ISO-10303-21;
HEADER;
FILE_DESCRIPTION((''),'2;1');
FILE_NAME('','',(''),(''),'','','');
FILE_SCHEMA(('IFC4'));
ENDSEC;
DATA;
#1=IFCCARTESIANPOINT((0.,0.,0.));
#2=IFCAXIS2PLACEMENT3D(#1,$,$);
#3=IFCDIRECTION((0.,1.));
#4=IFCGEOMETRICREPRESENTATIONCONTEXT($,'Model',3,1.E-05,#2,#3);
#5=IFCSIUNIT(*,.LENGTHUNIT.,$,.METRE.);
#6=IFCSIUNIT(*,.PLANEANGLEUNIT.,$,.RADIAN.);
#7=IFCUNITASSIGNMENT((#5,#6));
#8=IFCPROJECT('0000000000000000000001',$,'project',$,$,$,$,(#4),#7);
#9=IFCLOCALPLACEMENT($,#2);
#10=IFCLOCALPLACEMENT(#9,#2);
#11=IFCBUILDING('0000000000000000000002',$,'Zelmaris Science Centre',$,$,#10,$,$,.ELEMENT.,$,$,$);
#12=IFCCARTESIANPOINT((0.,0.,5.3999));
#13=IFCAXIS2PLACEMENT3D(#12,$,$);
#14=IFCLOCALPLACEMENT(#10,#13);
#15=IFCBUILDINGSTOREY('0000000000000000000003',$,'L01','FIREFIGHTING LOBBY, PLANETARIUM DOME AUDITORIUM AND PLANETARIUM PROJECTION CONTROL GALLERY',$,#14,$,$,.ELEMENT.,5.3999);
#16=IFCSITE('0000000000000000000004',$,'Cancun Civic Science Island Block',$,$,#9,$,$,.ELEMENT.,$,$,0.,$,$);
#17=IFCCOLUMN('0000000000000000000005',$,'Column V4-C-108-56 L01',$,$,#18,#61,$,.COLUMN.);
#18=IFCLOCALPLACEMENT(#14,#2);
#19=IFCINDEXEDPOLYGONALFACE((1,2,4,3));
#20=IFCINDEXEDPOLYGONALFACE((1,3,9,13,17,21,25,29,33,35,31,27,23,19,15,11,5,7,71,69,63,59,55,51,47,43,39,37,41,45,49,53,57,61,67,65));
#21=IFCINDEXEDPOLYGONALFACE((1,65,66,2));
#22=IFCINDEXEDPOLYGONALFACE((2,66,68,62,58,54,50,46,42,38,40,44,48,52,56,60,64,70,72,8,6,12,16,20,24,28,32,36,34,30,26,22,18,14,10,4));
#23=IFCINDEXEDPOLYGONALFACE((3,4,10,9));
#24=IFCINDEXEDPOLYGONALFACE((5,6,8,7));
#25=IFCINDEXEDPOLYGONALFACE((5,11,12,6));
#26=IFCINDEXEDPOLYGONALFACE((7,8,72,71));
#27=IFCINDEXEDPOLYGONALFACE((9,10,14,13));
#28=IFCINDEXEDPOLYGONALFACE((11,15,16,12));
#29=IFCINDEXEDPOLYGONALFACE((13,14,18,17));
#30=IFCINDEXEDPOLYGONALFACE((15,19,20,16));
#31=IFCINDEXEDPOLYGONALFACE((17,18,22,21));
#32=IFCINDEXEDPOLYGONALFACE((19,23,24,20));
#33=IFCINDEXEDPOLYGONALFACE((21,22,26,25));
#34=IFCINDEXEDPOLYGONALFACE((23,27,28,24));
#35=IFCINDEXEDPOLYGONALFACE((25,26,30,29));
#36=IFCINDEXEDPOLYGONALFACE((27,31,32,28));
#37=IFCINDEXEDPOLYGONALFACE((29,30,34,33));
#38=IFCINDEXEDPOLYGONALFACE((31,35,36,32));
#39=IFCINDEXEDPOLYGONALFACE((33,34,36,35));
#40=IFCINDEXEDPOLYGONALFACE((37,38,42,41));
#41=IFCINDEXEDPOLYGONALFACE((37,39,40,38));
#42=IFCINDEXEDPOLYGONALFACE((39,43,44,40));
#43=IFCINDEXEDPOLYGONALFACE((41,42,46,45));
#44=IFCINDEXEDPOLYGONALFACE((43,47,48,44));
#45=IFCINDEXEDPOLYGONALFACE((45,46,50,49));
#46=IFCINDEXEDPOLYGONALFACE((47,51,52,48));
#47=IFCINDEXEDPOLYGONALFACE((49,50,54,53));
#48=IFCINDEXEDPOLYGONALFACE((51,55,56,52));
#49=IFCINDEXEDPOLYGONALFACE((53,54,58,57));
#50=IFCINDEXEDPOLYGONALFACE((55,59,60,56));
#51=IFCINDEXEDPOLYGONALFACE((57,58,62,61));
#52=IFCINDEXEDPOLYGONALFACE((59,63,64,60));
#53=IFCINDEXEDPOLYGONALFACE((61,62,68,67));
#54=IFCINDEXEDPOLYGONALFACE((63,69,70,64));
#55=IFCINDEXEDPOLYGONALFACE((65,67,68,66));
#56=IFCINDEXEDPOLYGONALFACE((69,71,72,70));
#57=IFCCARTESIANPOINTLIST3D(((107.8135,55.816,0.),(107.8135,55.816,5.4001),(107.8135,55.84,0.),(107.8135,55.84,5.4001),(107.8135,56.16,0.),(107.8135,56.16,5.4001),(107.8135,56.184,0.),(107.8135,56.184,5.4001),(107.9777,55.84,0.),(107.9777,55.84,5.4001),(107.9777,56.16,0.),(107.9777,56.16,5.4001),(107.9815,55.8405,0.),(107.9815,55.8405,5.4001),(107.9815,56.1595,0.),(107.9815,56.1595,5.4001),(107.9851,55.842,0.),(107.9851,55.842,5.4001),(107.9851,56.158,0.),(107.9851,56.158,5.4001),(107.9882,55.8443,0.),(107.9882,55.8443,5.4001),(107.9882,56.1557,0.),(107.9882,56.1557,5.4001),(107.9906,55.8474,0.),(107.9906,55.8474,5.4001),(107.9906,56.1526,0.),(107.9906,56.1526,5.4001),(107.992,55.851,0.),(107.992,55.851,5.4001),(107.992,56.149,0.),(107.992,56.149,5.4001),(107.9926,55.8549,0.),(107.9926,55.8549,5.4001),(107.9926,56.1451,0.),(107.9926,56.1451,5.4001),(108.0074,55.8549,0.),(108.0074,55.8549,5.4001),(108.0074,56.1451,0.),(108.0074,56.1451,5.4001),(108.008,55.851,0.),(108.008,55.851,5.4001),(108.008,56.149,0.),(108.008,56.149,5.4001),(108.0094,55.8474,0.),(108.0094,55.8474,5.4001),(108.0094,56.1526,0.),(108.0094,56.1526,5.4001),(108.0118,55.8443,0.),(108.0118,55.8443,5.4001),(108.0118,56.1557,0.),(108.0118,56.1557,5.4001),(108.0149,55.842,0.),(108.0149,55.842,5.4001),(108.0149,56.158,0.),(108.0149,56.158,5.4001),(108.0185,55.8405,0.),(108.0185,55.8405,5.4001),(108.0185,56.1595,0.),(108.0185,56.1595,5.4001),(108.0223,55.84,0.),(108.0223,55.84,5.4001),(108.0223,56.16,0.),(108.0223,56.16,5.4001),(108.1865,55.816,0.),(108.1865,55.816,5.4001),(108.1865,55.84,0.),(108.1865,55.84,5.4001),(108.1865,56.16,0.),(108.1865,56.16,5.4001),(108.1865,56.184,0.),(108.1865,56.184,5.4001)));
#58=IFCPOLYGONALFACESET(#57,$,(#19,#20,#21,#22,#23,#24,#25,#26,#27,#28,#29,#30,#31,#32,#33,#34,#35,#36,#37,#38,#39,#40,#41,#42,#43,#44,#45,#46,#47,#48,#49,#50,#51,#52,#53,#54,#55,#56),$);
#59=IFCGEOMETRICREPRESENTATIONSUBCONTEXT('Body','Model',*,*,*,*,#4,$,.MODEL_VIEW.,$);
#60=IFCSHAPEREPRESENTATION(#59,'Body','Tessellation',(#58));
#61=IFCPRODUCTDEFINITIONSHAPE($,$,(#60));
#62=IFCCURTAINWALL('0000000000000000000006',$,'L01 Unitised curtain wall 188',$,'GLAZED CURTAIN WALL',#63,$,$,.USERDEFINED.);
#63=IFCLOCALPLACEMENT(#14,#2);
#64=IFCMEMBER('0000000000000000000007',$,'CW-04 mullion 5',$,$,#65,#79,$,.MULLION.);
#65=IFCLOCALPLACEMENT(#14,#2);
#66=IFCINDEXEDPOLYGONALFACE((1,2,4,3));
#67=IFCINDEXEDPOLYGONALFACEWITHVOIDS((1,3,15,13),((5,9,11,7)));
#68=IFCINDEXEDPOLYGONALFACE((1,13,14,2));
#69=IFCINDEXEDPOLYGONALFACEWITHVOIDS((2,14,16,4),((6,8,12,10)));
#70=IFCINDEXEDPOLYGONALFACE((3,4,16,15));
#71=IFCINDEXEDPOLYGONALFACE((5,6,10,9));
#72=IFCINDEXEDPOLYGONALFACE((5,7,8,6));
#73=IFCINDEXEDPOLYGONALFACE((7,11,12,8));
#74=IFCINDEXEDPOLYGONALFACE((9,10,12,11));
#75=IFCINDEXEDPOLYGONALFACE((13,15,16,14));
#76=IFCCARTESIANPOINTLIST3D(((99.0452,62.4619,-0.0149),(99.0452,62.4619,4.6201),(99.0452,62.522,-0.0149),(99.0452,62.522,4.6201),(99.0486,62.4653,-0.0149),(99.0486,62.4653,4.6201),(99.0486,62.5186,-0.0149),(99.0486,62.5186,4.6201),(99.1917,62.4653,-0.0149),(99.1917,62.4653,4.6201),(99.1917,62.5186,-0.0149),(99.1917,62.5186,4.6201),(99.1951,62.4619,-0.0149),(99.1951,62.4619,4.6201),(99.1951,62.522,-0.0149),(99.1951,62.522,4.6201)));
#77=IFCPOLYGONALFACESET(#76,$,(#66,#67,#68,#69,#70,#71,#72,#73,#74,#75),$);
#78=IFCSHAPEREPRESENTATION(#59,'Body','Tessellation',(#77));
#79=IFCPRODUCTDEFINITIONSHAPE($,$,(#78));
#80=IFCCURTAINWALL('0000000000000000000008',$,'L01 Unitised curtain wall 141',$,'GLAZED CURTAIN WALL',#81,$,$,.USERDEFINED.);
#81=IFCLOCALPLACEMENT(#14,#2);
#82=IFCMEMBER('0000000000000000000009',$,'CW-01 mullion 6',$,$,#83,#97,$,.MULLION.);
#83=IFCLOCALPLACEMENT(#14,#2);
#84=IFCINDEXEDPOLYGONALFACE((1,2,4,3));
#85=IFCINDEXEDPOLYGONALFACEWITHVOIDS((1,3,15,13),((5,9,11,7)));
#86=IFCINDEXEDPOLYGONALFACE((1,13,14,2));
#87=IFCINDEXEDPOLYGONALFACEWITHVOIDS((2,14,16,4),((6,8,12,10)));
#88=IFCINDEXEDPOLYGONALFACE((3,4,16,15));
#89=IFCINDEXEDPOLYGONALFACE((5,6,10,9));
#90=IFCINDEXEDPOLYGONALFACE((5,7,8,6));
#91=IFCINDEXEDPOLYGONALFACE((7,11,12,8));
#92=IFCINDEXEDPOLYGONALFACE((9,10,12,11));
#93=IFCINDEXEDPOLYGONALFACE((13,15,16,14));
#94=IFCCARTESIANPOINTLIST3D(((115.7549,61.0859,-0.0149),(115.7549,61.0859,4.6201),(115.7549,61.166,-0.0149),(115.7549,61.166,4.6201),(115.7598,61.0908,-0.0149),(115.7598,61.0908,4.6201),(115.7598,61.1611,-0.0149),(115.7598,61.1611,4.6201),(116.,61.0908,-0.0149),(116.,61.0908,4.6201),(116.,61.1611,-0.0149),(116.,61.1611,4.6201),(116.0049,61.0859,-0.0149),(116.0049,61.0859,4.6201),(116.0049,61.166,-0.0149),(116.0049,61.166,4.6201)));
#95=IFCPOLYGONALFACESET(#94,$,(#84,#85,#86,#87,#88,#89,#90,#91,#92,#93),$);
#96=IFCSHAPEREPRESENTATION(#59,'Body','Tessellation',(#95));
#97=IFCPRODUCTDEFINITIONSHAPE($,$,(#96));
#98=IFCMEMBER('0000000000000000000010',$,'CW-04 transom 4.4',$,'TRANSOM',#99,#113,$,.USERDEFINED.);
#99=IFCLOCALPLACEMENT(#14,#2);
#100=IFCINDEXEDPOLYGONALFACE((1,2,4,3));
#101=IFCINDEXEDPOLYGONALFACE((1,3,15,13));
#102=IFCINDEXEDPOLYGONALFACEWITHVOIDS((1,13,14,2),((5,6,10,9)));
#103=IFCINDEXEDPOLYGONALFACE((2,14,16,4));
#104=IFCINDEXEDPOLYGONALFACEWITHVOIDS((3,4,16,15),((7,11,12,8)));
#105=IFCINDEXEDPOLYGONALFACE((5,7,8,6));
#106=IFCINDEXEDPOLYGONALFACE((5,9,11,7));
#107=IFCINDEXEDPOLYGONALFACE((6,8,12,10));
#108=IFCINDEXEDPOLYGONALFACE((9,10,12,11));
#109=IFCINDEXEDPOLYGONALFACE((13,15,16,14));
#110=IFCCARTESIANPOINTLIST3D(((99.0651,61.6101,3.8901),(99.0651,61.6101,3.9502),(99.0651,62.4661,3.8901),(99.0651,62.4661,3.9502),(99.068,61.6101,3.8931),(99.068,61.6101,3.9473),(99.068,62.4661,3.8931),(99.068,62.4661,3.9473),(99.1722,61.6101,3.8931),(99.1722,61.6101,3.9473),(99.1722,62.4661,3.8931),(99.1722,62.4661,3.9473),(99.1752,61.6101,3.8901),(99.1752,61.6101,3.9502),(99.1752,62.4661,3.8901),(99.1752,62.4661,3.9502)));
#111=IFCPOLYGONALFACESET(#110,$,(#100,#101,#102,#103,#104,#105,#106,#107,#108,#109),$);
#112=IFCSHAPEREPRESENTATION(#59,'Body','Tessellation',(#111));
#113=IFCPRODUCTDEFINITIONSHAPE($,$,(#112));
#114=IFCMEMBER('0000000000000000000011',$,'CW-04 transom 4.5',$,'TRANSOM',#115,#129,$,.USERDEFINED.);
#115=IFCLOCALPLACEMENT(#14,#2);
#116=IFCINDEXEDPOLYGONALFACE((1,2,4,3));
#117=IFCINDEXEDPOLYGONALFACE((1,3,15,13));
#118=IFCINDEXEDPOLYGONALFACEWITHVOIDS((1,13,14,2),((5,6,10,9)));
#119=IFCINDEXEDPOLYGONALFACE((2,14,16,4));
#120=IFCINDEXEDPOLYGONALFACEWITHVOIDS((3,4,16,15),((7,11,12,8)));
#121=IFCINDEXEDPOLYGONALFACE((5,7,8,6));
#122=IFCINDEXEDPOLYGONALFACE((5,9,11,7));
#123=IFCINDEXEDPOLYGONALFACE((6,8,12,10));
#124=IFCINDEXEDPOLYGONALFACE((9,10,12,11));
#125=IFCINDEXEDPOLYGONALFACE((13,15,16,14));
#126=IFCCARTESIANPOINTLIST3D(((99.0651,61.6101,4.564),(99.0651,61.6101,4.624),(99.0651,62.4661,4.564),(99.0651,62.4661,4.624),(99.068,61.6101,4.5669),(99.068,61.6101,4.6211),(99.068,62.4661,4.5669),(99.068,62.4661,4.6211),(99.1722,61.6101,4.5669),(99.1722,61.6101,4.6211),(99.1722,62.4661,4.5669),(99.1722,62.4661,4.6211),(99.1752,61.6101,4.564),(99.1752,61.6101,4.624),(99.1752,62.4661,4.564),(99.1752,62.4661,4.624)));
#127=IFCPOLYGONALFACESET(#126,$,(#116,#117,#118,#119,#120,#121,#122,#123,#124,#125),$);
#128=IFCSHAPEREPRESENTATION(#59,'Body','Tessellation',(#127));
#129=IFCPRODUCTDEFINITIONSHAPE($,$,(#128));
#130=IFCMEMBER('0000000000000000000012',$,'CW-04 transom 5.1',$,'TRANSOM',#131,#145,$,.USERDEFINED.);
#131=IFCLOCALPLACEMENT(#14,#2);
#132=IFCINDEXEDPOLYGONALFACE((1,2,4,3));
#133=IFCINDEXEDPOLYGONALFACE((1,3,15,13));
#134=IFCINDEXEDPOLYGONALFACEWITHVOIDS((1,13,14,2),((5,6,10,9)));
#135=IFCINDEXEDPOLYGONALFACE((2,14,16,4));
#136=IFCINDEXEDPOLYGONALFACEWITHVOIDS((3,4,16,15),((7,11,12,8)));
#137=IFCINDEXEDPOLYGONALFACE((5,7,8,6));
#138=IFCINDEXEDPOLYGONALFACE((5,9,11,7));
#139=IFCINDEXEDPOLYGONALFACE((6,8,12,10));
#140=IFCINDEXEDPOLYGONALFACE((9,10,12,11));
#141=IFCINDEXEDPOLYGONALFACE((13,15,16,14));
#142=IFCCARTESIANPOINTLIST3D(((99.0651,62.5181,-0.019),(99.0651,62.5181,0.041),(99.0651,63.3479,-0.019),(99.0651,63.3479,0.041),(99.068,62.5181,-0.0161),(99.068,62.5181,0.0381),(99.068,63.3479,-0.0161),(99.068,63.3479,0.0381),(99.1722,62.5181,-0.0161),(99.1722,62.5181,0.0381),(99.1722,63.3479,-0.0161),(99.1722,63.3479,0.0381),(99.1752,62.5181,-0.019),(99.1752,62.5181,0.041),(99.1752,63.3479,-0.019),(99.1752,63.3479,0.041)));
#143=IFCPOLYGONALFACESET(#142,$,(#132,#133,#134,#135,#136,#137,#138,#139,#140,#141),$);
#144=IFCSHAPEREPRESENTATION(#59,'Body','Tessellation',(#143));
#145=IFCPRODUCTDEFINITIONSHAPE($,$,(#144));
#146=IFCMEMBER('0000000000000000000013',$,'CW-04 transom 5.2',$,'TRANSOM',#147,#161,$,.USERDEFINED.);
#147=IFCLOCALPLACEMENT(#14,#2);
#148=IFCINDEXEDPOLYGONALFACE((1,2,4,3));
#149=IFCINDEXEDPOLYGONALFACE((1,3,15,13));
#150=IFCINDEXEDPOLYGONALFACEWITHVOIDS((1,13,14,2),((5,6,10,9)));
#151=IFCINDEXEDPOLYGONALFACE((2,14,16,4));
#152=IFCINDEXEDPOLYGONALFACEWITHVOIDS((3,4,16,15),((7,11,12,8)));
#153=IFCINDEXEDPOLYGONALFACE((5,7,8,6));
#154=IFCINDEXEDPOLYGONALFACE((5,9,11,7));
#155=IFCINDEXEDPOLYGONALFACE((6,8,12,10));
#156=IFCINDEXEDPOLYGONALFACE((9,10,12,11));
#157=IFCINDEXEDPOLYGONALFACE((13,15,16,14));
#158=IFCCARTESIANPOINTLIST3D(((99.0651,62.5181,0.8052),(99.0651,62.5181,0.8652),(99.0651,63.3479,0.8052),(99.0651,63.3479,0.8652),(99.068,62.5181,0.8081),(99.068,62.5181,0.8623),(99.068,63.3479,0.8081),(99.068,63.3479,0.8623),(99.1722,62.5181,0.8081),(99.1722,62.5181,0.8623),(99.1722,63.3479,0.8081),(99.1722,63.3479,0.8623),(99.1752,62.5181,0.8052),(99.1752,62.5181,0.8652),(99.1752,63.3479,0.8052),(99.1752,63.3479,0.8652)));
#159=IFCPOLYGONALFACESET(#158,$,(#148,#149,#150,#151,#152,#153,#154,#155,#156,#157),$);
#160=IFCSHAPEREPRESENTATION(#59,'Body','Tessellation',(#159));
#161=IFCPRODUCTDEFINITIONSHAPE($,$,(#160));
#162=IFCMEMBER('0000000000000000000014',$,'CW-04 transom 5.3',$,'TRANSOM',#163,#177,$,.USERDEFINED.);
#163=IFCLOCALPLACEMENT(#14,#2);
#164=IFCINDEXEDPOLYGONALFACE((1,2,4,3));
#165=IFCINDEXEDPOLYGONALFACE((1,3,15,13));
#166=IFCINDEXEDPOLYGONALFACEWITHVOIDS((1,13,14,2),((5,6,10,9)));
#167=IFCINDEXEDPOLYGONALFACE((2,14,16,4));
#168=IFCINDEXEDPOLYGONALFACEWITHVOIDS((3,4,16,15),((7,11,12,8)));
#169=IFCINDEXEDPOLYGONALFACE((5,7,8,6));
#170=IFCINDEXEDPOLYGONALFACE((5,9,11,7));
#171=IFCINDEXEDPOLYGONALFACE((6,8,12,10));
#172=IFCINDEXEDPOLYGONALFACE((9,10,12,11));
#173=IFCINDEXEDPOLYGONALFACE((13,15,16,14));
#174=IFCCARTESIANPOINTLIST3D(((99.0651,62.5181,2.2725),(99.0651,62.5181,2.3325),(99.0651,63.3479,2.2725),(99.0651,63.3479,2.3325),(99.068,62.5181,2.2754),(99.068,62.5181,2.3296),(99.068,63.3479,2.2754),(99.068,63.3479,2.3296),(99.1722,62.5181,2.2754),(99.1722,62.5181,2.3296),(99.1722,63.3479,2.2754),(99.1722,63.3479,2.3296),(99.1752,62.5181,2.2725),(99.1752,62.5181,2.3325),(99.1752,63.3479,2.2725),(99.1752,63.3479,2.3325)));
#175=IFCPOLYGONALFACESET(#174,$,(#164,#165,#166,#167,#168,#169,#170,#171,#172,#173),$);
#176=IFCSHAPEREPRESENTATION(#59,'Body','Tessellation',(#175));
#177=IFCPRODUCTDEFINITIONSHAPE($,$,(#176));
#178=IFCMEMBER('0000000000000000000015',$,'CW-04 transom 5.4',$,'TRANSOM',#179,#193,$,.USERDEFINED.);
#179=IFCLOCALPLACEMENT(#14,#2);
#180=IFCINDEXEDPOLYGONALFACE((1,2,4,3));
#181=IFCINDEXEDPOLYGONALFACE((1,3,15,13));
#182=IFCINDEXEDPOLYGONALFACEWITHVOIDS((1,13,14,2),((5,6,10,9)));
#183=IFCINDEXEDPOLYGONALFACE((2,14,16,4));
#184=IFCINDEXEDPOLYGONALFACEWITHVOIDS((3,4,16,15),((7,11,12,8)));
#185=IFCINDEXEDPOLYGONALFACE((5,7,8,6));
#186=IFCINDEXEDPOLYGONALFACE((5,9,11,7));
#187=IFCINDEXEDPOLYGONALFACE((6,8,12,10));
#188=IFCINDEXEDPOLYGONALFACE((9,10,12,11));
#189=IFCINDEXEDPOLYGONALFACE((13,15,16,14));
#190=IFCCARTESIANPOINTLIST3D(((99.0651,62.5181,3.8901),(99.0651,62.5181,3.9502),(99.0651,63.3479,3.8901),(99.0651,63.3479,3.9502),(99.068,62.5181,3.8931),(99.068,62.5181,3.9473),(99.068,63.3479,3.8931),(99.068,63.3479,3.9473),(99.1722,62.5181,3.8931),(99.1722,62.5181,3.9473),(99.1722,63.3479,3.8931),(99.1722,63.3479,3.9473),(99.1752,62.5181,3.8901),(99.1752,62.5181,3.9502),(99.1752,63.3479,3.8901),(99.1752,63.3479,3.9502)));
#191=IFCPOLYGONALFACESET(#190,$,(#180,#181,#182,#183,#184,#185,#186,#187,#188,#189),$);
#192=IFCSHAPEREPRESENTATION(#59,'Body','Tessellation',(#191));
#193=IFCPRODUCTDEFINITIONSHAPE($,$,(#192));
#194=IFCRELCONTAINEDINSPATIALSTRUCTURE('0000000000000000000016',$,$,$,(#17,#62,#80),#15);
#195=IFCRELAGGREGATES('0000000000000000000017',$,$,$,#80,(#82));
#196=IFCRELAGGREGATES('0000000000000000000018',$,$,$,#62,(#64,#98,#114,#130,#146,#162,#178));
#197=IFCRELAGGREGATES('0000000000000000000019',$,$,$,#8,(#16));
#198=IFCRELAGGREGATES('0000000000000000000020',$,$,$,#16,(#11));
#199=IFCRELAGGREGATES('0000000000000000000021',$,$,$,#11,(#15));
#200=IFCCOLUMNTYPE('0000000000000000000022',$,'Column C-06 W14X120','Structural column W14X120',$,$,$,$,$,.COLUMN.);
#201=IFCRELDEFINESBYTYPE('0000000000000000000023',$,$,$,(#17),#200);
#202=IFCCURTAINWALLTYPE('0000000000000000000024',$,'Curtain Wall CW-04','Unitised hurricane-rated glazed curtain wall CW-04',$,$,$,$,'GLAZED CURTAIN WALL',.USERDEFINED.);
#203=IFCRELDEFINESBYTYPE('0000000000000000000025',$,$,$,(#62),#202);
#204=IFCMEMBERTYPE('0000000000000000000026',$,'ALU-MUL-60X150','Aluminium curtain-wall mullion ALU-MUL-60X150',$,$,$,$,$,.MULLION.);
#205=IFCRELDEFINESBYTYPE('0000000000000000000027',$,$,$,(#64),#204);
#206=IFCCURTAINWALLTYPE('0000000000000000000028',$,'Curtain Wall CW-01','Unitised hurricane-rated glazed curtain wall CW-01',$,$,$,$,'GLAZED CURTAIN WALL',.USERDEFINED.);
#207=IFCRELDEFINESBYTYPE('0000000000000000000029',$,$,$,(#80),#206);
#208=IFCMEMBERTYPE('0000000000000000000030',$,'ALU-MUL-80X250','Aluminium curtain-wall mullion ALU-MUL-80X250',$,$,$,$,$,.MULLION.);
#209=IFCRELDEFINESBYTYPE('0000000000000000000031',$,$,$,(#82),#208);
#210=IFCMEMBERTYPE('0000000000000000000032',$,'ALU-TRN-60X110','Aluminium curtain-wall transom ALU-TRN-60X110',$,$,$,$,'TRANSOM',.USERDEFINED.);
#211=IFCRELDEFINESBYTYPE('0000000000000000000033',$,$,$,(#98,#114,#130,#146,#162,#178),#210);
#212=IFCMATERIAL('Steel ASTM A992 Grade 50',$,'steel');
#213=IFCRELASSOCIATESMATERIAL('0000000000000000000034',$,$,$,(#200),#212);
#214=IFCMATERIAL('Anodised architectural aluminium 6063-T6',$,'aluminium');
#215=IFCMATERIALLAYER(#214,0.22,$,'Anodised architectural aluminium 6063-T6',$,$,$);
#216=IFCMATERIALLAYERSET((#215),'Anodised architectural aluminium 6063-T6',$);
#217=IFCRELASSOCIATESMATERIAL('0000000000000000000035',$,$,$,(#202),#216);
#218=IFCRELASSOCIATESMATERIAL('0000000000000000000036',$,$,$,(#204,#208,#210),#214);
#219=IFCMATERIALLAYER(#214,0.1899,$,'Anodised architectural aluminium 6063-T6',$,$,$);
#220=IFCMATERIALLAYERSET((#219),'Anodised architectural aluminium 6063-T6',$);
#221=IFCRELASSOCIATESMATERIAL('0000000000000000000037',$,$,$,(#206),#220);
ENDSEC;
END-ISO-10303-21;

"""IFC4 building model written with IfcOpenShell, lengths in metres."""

from ifc_helpers import new_model, si_unit, direction, frame, origin, origin_2d, place, context, subcontext, project, spatial, hollow_rectangle, i_section, extrude, material, layer, layer_set, material_profile, profile_set, type_object, element, aggregate, save


model = new_model("IFC4")

# Units and contexts
model_context = context("Model", 3, precision=1e-05, world=origin(), true_north=direction((0.0, 1.0)))
body_context = subcontext(model_context, "Body", "Model", "MODEL_VIEW")
ifc_project = project(units=[si_unit("LENGTHUNIT", "METRE"), si_unit("PLANEANGLEUNIT", "RADIAN")], contexts=[model_context])

# Site, building, storey
site_placement = place(None, origin())
site = spatial("IfcSite", under=ifc_project, at=site_placement, Name="Cancun Civic Science Island Block", CompositionType="ELEMENT", RefElevation=0.0)
building_placement = place(site_placement, origin())
building = spatial("IfcBuilding", under=site, at=building_placement, Name="Zelmaris Science Centre", CompositionType="ELEMENT")
storey_placement = place(building_placement, frame((0.0, 0.0, 5.3999)))
storey = spatial("IfcBuildingStorey", under=building, at=storey_placement, Name="L01", Description="FIREFIGHTING LOBBY, PLANETARIUM DOME AUDITORIUM AND PLANETARIUM PROJECTION CONTROL GALLERY", CompositionType="ELEMENT", Elevation=5.3999)

# Column
ifc_material_1 = material(Name="Steel ASTM A992 Grade 50", Category="steel")
ifc_material_profile_1 = material_profile(ifc_material_1, i_section(OverallWidth=0.373, OverallDepth=0.3679, WebThickness=0.0149, FlangeThickness=0.0239, FilletRadius=0.0149, at=origin_2d()), Name="W14X120")
ifc_profile_set_1 = profile_set([ifc_material_profile_1], Name="Steel ASTM A992 Grade 50")
column_type = type_object("IfcColumnType", Name="Column C-06 W14X120", Description="Structural column W14X120", PredefinedType="COLUMN", material=ifc_profile_set_1)
column_placement = place(storey_placement, frame((108.0, 56.0, 0.0), z_axis=(0.0, 0.0, 1.0), x_axis=(1.0, 0.0, 0.0)))
element("IfcColumn", 1, at=column_placement, inside=storey, type_object=column_type, Name="Column V4-C-108-56 L01", PredefinedType="COLUMN", context=body_context, shape_type="SweptSolid", body=[
    extrude(i_section(OverallWidth=0.373, OverallDepth=0.3679, WebThickness=0.0149, FlangeThickness=0.0239, FilletRadius=0.0149, at=origin_2d()), origin(), (0.0, 0.0, 1.0), 5.4001),
])

# Curtain walls, members
ifc_material_2 = material(Name="Anodised architectural aluminium 6063-T6", Category="aluminium")
ifc_layer_1 = layer(ifc_material_2, 0.22, Name="Anodised architectural aluminium 6063-T6")
ifc_layer_set_1 = layer_set([ifc_layer_1], Name="Anodised architectural aluminium 6063-T6")
curtain_wall_type_1 = type_object("IfcCurtainWallType", Name="Curtain Wall CW-04", Description="Unitised hurricane-rated glazed curtain wall CW-04", ElementType="GLAZED CURTAIN WALL", PredefinedType="USERDEFINED", material=ifc_layer_set_1)
curtain_wall_1_placement = place(storey_placement, origin())
curtain_wall_1 = element("IfcCurtainWall", 2, at=curtain_wall_1_placement, inside=storey, type_object=curtain_wall_type_1, Name="L01 Unitised curtain wall 188", ObjectType="GLAZED CURTAIN WALL", PredefinedType="USERDEFINED")
ifc_material_profile_2 = material_profile(ifc_material_2, hollow_rectangle(XDim=0.0601, YDim=0.1499, WallThickness=0.0034, at=origin_2d()), Name="ALU-MUL-60X150")
ifc_profile_set_2 = profile_set([ifc_material_profile_2], Name="Anodised architectural aluminium 6063-T6")
member_type_1 = type_object("IfcMemberType", Name="ALU-MUL-60X150", Description="Aluminium curtain-wall mullion ALU-MUL-60X150", PredefinedType="MULLION", material=ifc_profile_set_2)
member_1_placement = place(storey_placement, frame((99.1201, 62.4919, -0.0149), z_axis=(0.0, 0.0, 1.0), x_axis=(-0.000005, 1.0, 0.0)))
member_1 = element("IfcMember", 3, at=member_1_placement, type_object=member_type_1, Name="CW-04 mullion 5", PredefinedType="MULLION", context=body_context, shape_type="SweptSolid", body=[
    extrude(hollow_rectangle(XDim=0.0601, YDim=0.1499, WallThickness=0.0034, at=origin_2d()), origin(), (0.0, 0.0, 1.0), 4.635),
])
ifc_layer_2 = layer(ifc_material_2, 0.1899, Name="Anodised architectural aluminium 6063-T6")
ifc_layer_set_2 = layer_set([ifc_layer_2], Name="Anodised architectural aluminium 6063-T6")
curtain_wall_type_2 = type_object("IfcCurtainWallType", Name="Curtain Wall CW-01", Description="Unitised hurricane-rated glazed curtain wall CW-01", ElementType="GLAZED CURTAIN WALL", PredefinedType="USERDEFINED", material=ifc_layer_set_2)
curtain_wall_2_placement = place(storey_placement, origin())
curtain_wall_2 = element("IfcCurtainWall", 4, at=curtain_wall_2_placement, inside=storey, type_object=curtain_wall_type_2, Name="L01 Unitised curtain wall 141", ObjectType="GLAZED CURTAIN WALL", PredefinedType="USERDEFINED")
ifc_material_profile_3 = material_profile(ifc_material_2, hollow_rectangle(XDim=0.0801, YDim=0.25, WallThickness=0.0049, at=origin_2d()), Name="ALU-MUL-80X250")
ifc_profile_set_3 = profile_set([ifc_material_profile_3], Name="Anodised architectural aluminium 6063-T6")
member_type_2 = type_object("IfcMemberType", Name="ALU-MUL-80X250", Description="Aluminium curtain-wall mullion ALU-MUL-80X250", PredefinedType="MULLION", material=ifc_profile_set_3)
member_2_placement = place(storey_placement, frame((115.8799, 61.126, -0.0149), z_axis=(0.0, 0.0, 1.0), x_axis=(0.000007, -1.0, 0.0)))
member_2 = element("IfcMember", 5, at=member_2_placement, type_object=member_type_2, Name="CW-01 mullion 6", PredefinedType="MULLION", context=body_context, shape_type="SweptSolid", body=[
    extrude(hollow_rectangle(XDim=0.0801, YDim=0.25, WallThickness=0.0049, at=origin_2d()), origin(), (0.0, 0.0, 1.0), 4.635),
])

# Members
ifc_material_profile_4 = material_profile(ifc_material_2, hollow_rectangle(XDim=0.0601, YDim=0.1101, WallThickness=0.0029, at=origin_2d()), Name="ALU-TRN-60X110")
ifc_profile_set_4 = profile_set([ifc_material_profile_4], Name="Anodised architectural aluminium 6063-T6")
member_type_3 = type_object("IfcMemberType", Name="ALU-TRN-60X110", Description="Aluminium curtain-wall transom ALU-TRN-60X110", ElementType="TRANSOM", PredefinedType="USERDEFINED", material=ifc_profile_set_4)
member_3_placement = place(storey_placement, frame((99.1201, 61.6101, 3.9202), z_axis=(0.0, 1.0, 0.0), x_axis=(0.0, 0.0, 1.0)))
member_3 = element("IfcMember", 6, at=member_3_placement, type_object=member_type_3, Name="CW-04 transom 4.4", ObjectType="TRANSOM", PredefinedType="USERDEFINED", context=body_context, shape_type="SweptSolid", body=[
    extrude(hollow_rectangle(XDim=0.0601, YDim=0.1101, WallThickness=0.0029, at=origin_2d()), origin(), (0.0, 0.0, 1.0), 0.856),
])
member_4_placement = place(storey_placement, frame((99.1201, 61.6101, 4.594), z_axis=(0.0, 1.0, 0.0), x_axis=(0.0, 0.0, 1.0)))
member_4 = element("IfcMember", 7, at=member_4_placement, type_object=member_type_3, Name="CW-04 transom 4.5", ObjectType="TRANSOM", PredefinedType="USERDEFINED", context=body_context, shape_type="SweptSolid", body=[
    extrude(hollow_rectangle(XDim=0.0601, YDim=0.1101, WallThickness=0.0029, at=origin_2d()), origin(), (0.0, 0.0, 1.0), 0.856),
])
member_5_placement = place(storey_placement, frame((99.1201, 62.5181, 0.011), z_axis=(0.0, 1.0, 0.0), x_axis=(0.0, 0.0, 1.0)))
member_5 = element("IfcMember", 8, at=member_5_placement, type_object=member_type_3, Name="CW-04 transom 5.1", ObjectType="TRANSOM", PredefinedType="USERDEFINED", context=body_context, shape_type="SweptSolid", body=[
    extrude(hollow_rectangle(XDim=0.0601, YDim=0.1101, WallThickness=0.0029, at=origin_2d()), origin(), (0.0, 0.0, 1.0), 0.8298),
])
member_6_placement = place(storey_placement, frame((99.1201, 62.5181, 0.8352), z_axis=(0.0, 1.0, 0.0), x_axis=(0.0, 0.0, 1.0)))
member_6 = element("IfcMember", 9, at=member_6_placement, type_object=member_type_3, Name="CW-04 transom 5.2", ObjectType="TRANSOM", PredefinedType="USERDEFINED", context=body_context, shape_type="SweptSolid", body=[
    extrude(hollow_rectangle(XDim=0.0601, YDim=0.1101, WallThickness=0.0029, at=origin_2d()), origin(), (0.0, 0.0, 1.0), 0.8298),
])
member_7_placement = place(storey_placement, frame((99.1201, 62.5181, 2.3025), z_axis=(0.0, 1.0, 0.0), x_axis=(0.0, 0.0, 1.0)))
member_7 = element("IfcMember", 10, at=member_7_placement, type_object=member_type_3, Name="CW-04 transom 5.3", ObjectType="TRANSOM", PredefinedType="USERDEFINED", context=body_context, shape_type="SweptSolid", body=[
    extrude(hollow_rectangle(XDim=0.0601, YDim=0.1101, WallThickness=0.0029, at=origin_2d()), origin(), (0.0, 0.0, 1.0), 0.8298),
])
member_8_placement = place(storey_placement, frame((99.1201, 62.5181, 3.9202), z_axis=(0.0, 1.0, 0.0), x_axis=(0.0, 0.0, 1.0)))
member_8 = element("IfcMember", 11, at=member_8_placement, type_object=member_type_3, Name="CW-04 transom 5.4", ObjectType="TRANSOM", PredefinedType="USERDEFINED", context=body_context, shape_type="SweptSolid", body=[
    extrude(hollow_rectangle(XDim=0.0601, YDim=0.1101, WallThickness=0.0029, at=origin_2d()), origin(), (0.0, 0.0, 1.0), 0.8298),
])

aggregate(curtain_wall_2, [member_2])
aggregate(curtain_wall_1, [member_1, member_3, member_4, member_5, member_6, member_7, member_8])

save(model, "model.ifc")
